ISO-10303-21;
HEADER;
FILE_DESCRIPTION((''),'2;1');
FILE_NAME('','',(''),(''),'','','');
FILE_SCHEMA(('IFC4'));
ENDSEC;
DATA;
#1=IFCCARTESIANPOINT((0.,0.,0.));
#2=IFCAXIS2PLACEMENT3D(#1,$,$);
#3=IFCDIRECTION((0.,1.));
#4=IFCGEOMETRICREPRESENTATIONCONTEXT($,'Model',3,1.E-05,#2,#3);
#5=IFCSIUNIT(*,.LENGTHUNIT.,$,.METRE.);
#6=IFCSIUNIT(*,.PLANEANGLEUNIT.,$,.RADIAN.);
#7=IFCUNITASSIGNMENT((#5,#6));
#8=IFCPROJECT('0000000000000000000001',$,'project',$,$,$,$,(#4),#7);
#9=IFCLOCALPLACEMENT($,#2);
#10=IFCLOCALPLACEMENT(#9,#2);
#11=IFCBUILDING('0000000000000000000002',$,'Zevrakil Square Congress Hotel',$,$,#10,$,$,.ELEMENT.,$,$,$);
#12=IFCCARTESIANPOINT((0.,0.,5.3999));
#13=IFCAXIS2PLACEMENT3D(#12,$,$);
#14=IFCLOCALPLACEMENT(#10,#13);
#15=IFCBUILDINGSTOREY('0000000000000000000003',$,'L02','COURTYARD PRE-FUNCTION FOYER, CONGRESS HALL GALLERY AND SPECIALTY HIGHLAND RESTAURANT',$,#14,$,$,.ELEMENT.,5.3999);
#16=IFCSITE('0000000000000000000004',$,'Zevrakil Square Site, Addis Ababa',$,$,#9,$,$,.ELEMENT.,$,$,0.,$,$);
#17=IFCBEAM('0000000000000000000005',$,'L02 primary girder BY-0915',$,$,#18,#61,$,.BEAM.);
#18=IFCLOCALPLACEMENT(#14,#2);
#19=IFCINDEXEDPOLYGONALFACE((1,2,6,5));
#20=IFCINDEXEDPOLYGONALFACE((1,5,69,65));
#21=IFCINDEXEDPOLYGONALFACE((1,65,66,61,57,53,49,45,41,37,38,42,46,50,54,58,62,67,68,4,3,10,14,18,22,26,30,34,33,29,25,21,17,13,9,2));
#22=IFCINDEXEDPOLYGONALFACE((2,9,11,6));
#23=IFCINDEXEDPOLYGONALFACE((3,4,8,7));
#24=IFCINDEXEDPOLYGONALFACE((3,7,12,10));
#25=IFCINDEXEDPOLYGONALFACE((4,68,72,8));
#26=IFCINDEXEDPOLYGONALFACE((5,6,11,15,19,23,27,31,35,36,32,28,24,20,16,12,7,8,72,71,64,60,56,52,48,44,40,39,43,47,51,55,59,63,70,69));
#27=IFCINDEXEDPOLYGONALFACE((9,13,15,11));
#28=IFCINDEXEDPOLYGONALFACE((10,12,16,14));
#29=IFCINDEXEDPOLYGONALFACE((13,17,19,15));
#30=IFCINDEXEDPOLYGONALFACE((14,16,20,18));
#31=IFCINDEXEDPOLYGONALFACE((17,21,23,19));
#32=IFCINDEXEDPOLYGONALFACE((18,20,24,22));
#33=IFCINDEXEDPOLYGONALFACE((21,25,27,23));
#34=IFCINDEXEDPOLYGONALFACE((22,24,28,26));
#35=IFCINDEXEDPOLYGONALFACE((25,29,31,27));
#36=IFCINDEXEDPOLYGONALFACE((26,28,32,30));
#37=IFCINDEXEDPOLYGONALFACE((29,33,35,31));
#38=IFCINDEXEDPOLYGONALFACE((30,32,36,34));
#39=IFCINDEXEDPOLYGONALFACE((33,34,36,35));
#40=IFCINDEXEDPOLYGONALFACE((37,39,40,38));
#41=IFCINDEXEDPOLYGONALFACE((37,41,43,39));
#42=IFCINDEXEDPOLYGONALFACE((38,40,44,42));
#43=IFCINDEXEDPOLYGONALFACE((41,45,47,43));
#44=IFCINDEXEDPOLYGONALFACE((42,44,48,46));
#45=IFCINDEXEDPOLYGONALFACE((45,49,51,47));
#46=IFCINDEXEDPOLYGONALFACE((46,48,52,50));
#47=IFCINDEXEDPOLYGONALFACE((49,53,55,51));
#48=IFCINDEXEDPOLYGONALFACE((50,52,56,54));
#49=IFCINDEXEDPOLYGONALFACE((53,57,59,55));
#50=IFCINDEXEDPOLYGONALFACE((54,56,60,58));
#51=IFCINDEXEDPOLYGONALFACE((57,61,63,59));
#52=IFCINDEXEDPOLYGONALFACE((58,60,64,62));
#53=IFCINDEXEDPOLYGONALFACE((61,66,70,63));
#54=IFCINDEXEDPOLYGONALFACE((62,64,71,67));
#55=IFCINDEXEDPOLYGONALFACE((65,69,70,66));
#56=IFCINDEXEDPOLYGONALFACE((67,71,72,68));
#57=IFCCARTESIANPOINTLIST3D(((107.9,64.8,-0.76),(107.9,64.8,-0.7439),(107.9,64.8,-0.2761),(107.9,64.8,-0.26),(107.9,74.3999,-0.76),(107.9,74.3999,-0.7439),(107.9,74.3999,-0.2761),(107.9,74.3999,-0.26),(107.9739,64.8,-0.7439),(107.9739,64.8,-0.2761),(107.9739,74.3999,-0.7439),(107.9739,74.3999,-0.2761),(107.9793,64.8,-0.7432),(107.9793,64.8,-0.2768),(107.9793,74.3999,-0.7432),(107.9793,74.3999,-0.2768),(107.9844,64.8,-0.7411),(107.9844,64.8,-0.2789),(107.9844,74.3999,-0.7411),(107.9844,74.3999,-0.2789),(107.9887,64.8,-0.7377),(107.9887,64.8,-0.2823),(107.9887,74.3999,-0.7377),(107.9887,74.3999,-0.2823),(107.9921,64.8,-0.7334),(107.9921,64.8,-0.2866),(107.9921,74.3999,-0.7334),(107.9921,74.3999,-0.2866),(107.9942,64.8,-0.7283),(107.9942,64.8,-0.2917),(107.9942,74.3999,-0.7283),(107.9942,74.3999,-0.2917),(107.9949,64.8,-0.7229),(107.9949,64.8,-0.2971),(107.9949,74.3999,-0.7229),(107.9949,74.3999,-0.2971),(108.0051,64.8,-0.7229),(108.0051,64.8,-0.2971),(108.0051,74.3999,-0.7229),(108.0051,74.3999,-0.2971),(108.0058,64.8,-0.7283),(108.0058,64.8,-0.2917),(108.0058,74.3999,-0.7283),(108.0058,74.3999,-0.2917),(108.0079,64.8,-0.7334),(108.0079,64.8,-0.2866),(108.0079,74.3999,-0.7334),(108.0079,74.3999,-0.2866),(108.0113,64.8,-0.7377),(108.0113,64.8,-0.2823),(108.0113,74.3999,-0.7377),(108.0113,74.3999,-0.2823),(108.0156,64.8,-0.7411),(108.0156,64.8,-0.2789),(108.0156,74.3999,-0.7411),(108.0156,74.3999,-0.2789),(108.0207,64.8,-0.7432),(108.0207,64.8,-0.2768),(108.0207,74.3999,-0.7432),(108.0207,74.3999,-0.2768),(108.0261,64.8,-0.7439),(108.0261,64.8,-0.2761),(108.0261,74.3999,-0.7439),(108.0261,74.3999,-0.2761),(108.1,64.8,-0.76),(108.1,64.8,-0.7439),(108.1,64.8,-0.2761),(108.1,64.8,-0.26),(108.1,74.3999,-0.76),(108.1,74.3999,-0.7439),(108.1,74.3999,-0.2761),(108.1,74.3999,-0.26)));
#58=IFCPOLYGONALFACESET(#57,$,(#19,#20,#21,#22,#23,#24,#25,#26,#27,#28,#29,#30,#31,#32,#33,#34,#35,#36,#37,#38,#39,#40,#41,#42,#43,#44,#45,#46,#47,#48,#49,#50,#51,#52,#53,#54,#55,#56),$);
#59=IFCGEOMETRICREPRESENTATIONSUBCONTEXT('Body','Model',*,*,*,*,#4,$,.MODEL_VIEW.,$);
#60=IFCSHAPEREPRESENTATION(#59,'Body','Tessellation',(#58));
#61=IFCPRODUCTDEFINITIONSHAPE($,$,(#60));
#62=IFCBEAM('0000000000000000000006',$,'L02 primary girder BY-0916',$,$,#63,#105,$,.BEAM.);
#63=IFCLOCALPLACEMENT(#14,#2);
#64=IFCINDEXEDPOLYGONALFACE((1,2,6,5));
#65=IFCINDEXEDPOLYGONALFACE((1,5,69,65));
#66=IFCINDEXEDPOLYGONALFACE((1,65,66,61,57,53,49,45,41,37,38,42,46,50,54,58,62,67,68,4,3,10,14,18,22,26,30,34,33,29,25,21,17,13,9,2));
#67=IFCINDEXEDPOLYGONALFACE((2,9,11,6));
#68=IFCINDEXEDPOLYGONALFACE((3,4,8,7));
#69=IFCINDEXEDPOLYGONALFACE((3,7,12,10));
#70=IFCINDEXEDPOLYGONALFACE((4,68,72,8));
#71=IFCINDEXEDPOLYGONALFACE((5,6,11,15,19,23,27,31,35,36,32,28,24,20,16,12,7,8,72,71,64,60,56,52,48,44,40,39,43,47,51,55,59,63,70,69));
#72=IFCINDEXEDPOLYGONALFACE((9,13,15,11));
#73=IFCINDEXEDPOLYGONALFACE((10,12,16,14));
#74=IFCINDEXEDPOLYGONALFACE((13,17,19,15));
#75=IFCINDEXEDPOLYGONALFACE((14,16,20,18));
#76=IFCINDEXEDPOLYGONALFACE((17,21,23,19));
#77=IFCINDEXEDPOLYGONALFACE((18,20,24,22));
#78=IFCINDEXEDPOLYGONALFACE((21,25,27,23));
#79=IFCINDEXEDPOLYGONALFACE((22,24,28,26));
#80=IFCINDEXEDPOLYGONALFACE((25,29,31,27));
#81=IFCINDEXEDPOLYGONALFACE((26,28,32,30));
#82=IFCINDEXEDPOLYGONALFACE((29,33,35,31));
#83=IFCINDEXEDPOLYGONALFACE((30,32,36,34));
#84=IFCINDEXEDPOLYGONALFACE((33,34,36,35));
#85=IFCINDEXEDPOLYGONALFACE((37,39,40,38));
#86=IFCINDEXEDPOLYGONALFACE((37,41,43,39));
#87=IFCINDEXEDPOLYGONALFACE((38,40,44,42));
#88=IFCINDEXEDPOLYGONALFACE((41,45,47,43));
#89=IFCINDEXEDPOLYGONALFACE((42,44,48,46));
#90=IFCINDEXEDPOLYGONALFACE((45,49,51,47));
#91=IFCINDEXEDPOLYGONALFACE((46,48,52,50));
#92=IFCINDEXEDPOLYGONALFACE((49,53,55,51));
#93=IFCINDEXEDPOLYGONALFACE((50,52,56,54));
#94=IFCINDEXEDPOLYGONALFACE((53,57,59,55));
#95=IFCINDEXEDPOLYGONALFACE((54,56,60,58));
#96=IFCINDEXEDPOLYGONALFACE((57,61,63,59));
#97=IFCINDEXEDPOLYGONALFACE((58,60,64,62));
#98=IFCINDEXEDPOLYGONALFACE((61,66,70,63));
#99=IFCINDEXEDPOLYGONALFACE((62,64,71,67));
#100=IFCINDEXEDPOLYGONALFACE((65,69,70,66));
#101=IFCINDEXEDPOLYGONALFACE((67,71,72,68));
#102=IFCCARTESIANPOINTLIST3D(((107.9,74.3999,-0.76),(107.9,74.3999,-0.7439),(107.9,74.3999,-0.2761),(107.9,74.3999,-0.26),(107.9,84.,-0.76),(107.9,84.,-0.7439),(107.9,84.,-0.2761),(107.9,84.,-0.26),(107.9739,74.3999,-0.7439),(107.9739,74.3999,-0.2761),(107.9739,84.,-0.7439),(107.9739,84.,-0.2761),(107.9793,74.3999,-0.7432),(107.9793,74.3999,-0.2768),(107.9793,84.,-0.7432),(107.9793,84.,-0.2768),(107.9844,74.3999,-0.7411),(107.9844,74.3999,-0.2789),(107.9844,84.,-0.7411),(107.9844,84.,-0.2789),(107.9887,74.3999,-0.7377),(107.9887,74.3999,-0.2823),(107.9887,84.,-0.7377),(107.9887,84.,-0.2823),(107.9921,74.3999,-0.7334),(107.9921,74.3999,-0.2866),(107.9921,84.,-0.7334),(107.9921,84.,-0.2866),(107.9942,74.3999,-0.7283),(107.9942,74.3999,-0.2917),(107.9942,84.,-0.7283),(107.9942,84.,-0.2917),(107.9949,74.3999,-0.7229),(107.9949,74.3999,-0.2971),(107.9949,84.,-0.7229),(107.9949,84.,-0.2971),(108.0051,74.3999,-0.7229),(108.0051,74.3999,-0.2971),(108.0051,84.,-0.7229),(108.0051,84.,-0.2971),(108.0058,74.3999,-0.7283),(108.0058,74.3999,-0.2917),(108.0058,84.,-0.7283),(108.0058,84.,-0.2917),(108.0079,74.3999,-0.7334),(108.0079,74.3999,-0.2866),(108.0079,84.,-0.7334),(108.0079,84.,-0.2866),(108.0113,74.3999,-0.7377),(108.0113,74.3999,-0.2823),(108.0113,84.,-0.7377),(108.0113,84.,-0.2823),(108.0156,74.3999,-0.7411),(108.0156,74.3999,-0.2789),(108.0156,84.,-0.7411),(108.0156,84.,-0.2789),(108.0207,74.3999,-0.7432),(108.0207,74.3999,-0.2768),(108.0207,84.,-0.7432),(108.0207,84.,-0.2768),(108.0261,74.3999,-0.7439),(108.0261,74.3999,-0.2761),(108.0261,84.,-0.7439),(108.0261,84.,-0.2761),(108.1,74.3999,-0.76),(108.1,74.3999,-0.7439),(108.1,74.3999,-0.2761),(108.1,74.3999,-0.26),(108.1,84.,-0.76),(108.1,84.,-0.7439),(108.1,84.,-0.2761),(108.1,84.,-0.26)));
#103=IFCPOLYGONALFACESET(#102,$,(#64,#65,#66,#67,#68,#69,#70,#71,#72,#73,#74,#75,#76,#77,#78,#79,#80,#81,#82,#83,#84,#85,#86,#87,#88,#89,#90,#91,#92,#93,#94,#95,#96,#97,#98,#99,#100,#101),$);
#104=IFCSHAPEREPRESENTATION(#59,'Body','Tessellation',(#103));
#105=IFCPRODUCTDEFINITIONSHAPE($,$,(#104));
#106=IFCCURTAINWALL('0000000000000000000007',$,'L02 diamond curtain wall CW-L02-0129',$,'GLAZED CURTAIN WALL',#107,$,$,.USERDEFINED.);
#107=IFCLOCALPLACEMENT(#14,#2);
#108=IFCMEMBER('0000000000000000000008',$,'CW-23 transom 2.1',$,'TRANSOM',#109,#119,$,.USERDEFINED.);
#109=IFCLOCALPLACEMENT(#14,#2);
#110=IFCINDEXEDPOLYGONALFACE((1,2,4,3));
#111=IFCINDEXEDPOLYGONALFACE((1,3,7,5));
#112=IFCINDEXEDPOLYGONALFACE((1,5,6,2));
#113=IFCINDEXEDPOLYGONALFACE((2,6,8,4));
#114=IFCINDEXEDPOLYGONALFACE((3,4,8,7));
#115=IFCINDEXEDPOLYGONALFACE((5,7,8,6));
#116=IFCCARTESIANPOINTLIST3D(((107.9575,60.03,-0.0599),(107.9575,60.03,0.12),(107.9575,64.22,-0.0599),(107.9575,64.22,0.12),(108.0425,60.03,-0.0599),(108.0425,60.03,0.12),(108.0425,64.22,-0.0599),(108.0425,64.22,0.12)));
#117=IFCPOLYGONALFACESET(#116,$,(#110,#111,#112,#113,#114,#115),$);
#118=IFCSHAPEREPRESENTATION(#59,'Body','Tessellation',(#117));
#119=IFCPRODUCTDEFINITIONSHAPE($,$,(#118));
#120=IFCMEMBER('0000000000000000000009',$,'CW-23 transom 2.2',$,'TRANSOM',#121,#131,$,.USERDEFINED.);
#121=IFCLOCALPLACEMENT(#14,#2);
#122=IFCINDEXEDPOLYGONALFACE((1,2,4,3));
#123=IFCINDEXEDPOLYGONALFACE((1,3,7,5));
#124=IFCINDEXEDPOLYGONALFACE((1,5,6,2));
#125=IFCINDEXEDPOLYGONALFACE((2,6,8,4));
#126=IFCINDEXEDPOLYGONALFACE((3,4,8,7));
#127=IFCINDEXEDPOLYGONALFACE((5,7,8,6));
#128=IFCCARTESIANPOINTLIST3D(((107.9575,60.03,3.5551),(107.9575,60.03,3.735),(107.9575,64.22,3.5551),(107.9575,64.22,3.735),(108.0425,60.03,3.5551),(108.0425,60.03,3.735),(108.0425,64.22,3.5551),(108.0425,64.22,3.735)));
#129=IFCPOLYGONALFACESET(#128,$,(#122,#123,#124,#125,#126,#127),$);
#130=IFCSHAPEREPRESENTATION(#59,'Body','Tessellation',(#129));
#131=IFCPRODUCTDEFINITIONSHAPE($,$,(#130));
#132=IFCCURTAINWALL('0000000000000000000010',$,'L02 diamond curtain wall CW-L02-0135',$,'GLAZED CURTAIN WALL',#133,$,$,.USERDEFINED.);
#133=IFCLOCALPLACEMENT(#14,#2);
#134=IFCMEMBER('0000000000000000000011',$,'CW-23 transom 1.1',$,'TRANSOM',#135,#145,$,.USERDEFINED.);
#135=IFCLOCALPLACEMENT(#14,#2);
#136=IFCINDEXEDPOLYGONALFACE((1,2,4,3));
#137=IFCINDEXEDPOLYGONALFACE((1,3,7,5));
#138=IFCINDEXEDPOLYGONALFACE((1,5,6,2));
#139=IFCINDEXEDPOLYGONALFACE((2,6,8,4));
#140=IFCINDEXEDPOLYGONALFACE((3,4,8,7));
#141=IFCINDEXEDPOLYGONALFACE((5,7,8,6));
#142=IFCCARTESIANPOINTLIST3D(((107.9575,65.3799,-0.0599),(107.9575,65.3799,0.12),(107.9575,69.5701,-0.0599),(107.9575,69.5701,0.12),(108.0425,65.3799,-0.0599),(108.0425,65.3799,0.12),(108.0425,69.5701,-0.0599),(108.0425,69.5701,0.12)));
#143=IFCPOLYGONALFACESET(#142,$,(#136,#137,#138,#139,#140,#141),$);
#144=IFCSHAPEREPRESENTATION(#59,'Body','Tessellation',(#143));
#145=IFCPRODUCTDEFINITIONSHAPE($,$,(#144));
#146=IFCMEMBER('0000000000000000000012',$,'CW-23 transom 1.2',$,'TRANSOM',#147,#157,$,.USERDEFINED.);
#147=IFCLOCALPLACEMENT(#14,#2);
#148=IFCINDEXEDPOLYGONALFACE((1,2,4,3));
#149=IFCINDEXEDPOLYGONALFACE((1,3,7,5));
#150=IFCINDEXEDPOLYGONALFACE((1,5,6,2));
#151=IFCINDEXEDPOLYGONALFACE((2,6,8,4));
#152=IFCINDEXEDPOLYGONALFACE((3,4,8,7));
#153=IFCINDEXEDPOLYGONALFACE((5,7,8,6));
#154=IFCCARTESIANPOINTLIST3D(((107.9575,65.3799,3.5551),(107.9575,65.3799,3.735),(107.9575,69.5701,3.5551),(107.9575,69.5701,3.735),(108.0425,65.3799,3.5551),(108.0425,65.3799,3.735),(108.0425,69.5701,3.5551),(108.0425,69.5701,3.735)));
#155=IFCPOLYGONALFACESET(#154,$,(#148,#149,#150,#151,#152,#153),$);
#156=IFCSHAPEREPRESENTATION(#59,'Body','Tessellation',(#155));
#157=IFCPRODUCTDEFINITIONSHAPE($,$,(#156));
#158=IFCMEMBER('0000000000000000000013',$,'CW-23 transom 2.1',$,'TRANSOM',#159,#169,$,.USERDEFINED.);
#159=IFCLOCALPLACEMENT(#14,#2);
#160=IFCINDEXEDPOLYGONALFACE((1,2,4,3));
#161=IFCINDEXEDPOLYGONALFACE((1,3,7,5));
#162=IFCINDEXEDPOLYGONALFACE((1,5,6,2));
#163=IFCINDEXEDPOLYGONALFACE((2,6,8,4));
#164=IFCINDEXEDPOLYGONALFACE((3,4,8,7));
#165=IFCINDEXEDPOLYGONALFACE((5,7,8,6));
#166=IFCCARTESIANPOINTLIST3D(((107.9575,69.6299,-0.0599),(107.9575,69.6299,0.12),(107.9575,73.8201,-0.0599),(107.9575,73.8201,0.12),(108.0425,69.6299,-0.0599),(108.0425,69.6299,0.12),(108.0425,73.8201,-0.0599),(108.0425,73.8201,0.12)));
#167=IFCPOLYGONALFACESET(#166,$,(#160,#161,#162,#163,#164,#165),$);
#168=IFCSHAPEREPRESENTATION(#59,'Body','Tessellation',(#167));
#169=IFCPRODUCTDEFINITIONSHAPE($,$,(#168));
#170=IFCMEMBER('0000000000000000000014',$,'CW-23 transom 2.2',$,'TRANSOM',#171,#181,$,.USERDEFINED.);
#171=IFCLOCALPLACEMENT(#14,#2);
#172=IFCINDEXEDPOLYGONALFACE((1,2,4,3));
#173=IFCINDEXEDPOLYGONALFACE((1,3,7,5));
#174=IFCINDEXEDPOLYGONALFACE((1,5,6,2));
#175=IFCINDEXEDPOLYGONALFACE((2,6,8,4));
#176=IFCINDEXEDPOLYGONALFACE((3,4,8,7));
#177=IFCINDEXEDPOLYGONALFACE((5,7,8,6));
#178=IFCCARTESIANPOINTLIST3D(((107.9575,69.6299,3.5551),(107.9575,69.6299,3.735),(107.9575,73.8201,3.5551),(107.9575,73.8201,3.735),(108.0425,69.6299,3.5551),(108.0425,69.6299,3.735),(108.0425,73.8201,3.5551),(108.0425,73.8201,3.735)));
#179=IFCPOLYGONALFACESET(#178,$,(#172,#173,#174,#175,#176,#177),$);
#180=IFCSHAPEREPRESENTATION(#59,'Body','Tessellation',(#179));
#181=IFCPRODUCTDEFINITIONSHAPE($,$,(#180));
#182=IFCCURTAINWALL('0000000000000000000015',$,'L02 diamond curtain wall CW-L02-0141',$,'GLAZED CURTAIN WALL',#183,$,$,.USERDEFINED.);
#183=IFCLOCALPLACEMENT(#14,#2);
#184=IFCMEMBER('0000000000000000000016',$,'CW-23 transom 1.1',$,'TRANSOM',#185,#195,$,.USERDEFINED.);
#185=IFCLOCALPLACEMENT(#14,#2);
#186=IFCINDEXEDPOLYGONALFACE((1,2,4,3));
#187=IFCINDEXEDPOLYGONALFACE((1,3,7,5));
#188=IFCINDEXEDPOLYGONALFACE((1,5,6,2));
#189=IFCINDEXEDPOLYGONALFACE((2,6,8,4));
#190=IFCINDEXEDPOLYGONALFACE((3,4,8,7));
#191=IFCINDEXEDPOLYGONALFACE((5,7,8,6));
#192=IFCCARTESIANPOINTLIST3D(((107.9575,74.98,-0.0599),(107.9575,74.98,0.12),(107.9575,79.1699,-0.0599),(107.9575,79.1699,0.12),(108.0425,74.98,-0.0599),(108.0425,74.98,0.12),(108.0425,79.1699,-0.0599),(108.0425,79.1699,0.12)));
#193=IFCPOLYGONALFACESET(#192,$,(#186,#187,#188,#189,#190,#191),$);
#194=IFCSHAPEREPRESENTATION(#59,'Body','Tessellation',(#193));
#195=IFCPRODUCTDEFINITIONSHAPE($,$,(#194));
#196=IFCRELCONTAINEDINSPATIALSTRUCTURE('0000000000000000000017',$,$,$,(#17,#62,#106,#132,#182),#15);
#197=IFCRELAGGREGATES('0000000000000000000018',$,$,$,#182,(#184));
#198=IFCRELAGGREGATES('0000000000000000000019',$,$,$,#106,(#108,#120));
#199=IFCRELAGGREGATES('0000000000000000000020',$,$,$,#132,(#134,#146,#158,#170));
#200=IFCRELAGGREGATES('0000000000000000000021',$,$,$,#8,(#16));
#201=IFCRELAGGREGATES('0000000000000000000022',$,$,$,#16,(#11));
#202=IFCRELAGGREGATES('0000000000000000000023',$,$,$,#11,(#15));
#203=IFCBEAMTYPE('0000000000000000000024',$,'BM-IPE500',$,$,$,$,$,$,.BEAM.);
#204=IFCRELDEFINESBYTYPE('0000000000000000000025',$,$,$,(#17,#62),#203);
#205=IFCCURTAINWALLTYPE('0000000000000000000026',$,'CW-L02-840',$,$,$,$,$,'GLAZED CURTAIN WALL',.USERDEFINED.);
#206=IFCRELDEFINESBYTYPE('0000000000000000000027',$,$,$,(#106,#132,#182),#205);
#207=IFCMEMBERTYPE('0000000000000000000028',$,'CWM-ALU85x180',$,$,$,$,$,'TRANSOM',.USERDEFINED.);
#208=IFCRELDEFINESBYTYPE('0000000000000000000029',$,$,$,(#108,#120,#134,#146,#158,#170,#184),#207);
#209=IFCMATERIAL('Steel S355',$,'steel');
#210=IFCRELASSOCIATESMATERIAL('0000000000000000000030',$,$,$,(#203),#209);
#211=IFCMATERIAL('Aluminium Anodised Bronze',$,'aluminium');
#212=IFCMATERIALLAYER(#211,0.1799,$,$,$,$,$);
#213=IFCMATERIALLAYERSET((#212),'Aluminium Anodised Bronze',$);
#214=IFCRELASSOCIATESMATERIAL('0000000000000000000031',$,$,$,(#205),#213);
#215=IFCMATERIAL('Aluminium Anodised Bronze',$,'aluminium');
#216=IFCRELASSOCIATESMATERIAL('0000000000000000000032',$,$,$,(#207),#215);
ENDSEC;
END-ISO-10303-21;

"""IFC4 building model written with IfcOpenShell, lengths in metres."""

from ifc_helpers import new_model, si_unit, direction, frame, origin, origin_2d, place, context, subcontext, project, spatial, rectangle, i_section, extrude, material, layer, layer_set, material_profile, profile_set, type_object, element, aggregate, save


model = new_model("IFC4")

# Units and contexts
model_context = context("Model", 3, precision=1e-05, world=origin(), true_north=direction((0.0, 1.0)))
body_context = subcontext(model_context, "Body", "Model", "MODEL_VIEW")
ifc_project = project(units=[si_unit("LENGTHUNIT", "METRE"), si_unit("PLANEANGLEUNIT", "RADIAN")], contexts=[model_context])

# Site, building, storey
site_placement = place(None, origin())
site = spatial("IfcSite", under=ifc_project, at=site_placement, Name="Zevrakil Square Site, Addis Ababa", CompositionType="ELEMENT", RefElevation=0.0)
building_placement = place(site_placement, origin())
building = spatial("IfcBuilding", under=site, at=building_placement, Name="Zevrakil Square Congress Hotel", CompositionType="ELEMENT")
storey_placement = place(building_placement, frame((0.0, 0.0, 5.3999)))
storey = spatial("IfcBuildingStorey", under=building, at=storey_placement, Name="L02", Description="COURTYARD PRE-FUNCTION FOYER, CONGRESS HALL GALLERY AND SPECIALTY HIGHLAND RESTAURANT", CompositionType="ELEMENT", Elevation=5.3999)

# Beams
ifc_material_1 = material(Name="Steel S355", Category="steel")
ifc_material_profile_1 = material_profile(ifc_material_1, i_section(OverallWidth=0.2, OverallDepth=0.5, WebThickness=0.0103, FlangeThickness=0.0161, FilletRadius=0.021, at=origin_2d()), Name="IPE 500")
ifc_profile_set_1 = profile_set([ifc_material_profile_1], Name="Steel S355")
beam_type_1 = type_object("IfcBeamType", Name="BM-IPE500", PredefinedType="BEAM", material=ifc_profile_set_1)
beam_1_placement = place(storey_placement, frame((108.0, 64.8, -0.51), z_axis=(0.0, 1.0, 0.0), x_axis=(-1.0, 0.0, 0.0)))
element("IfcBeam", 1, at=beam_1_placement, inside=storey, type_object=beam_type_1, Name="L02 primary girder BY-0915", PredefinedType="BEAM", context=body_context, shape_type="SweptSolid", body=[
    extrude(i_section(OverallWidth=0.2, OverallDepth=0.5, WebThickness=0.0103, FlangeThickness=0.0161, FilletRadius=0.021, at=origin_2d()), origin(), (0.0, 0.0, 1.0), 9.5999),
])
beam_2_placement = place(storey_placement, frame((108.0, 74.3999, -0.51), z_axis=(0.0, 1.0, 0.0), x_axis=(-1.0, 0.0, 0.0)))
element("IfcBeam", 2, at=beam_2_placement, inside=storey, type_object=beam_type_1, Name="L02 primary girder BY-0916", PredefinedType="BEAM", context=body_context, shape_type="SweptSolid", body=[
    extrude(i_section(OverallWidth=0.2, OverallDepth=0.5, WebThickness=0.0103, FlangeThickness=0.0161, FilletRadius=0.021, at=origin_2d()), origin(), (0.0, 0.0, 1.0), 9.6001),
])

# Curtain walls, members
ifc_material_2 = material(Name="Aluminium Anodised Bronze", Category="aluminium")
ifc_layer_1 = layer(ifc_material_2, 0.1799)
ifc_layer_set_1 = layer_set([ifc_layer_1], Name="Aluminium Anodised Bronze")
curtain_wall_type = type_object("IfcCurtainWallType", Name="CW-L02-840", ElementType="GLAZED CURTAIN WALL", PredefinedType="USERDEFINED", material=ifc_layer_set_1)
curtain_wall_1_placement = place(storey_placement, origin())
curtain_wall_1 = element("IfcCurtainWall", 3, at=curtain_wall_1_placement, inside=storey, type_object=curtain_wall_type, Name="L02 diamond curtain wall CW-L02-0129", ObjectType="GLAZED CURTAIN WALL", PredefinedType="USERDEFINED")
ifc_material_3 = material(Name="Aluminium Anodised Bronze", Category="aluminium")
ifc_material_profile_2 = material_profile(ifc_material_3, rectangle(XDim=0.085, YDim=0.1799, at=origin_2d()), Name="ALU 85x180")
ifc_profile_set_2 = profile_set([ifc_material_profile_2], Name="Aluminium Anodised Bronze")
member_type_1 = type_object("IfcMemberType", Name="CWM-ALU85x180", ElementType="TRANSOM", PredefinedType="USERDEFINED", material=ifc_profile_set_2)
member_1_placement = place(storey_placement, frame((108.0, 60.03, 0.03), z_axis=(0.0, 1.0, 0.0), x_axis=(-1.0, 0.0, 0.0)))
member_1 = element("IfcMember", 4, at=member_1_placement, type_object=member_type_1, Name="CW-23 transom 2.1", ObjectType="TRANSOM", PredefinedType="USERDEFINED", context=body_context, shape_type="SweptSolid", body=[
    extrude(rectangle(XDim=0.085, YDim=0.1799, at=origin_2d()), origin(), (0.0, 0.0, 1.0), 4.1899),
])
member_2_placement = place(storey_placement, frame((108.0, 60.03, 3.645), z_axis=(0.0, 1.0, 0.0), x_axis=(-1.0, 0.0, 0.0)))
member_2 = element("IfcMember", 5, at=member_2_placement, type_object=member_type_1, Name="CW-23 transom 2.2", ObjectType="TRANSOM", PredefinedType="USERDEFINED", context=body_context, shape_type="SweptSolid", body=[
    extrude(rectangle(XDim=0.085, YDim=0.1799, at=origin_2d()), origin(), (0.0, 0.0, 1.0), 4.1899),
])
curtain_wall_2_placement = place(storey_placement, origin())
curtain_wall_2 = element("IfcCurtainWall", 6, at=curtain_wall_2_placement, inside=storey, type_object=curtain_wall_type, Name="L02 diamond curtain wall CW-L02-0135", ObjectType="GLAZED CURTAIN WALL", PredefinedType="USERDEFINED")
member_3_placement = place(storey_placement, frame((108.0, 65.3799, 0.03), z_axis=(0.0, 1.0, 0.0), x_axis=(-1.0, 0.0, 0.0)))
member_3 = element("IfcMember", 7, at=member_3_placement, type_object=member_type_1, Name="CW-23 transom 1.1", ObjectType="TRANSOM", PredefinedType="USERDEFINED", context=body_context, shape_type="SweptSolid", body=[
    extrude(rectangle(XDim=0.085, YDim=0.1799, at=origin_2d()), origin(), (0.0, 0.0, 1.0), 4.1902),
])
member_4_placement = place(storey_placement, frame((108.0, 65.3799, 3.645), z_axis=(0.0, 1.0, 0.0), x_axis=(-1.0, 0.0, 0.0)))
member_4 = element("IfcMember", 8, at=member_4_placement, type_object=member_type_1, Name="CW-23 transom 1.2", ObjectType="TRANSOM", PredefinedType="USERDEFINED", context=body_context, shape_type="SweptSolid", body=[
    extrude(rectangle(XDim=0.085, YDim=0.1799, at=origin_2d()), origin(), (0.0, 0.0, 1.0), 4.1902),
])
member_5_placement = place(storey_placement, frame((108.0, 69.6299, 0.03), z_axis=(0.0, 1.0, 0.0), x_axis=(-1.0, 0.0, 0.0)))
member_5 = element("IfcMember", 9, at=member_5_placement, type_object=member_type_1, Name="CW-23 transom 2.1", ObjectType="TRANSOM", PredefinedType="USERDEFINED", context=body_context, shape_type="SweptSolid", body=[
    extrude(rectangle(XDim=0.085, YDim=0.1799, at=origin_2d()), origin(), (0.0, 0.0, 1.0), 4.1902),
])
member_6_placement = place(storey_placement, frame((108.0, 69.6299, 3.645), z_axis=(0.0, 1.0, 0.0), x_axis=(-1.0, 0.0, 0.0)))
member_6 = element("IfcMember", 10, at=member_6_placement, type_object=member_type_1, Name="CW-23 transom 2.2", ObjectType="TRANSOM", PredefinedType="USERDEFINED", context=body_context, shape_type="SweptSolid", body=[
    extrude(rectangle(XDim=0.085, YDim=0.1799, at=origin_2d()), origin(), (0.0, 0.0, 1.0), 4.1902),
])

# Curtain wall, member
curtain_wall_3_placement = place(storey_placement, origin())
curtain_wall_3 = element("IfcCurtainWall", 11, at=curtain_wall_3_placement, inside=storey, type_object=curtain_wall_type, Name="L02 diamond curtain wall CW-L02-0141", ObjectType="GLAZED CURTAIN WALL", PredefinedType="USERDEFINED")
member_7_placement = place(storey_placement, frame((108.0, 74.98, 0.03), z_axis=(0.0, 1.0, 0.0), x_axis=(-1.0, 0.0, 0.0)))
member_7 = element("IfcMember", 12, at=member_7_placement, type_object=member_type_1, Name="CW-23 transom 1.1", ObjectType="TRANSOM", PredefinedType="USERDEFINED", context=body_context, shape_type="SweptSolid", body=[
    extrude(rectangle(XDim=0.085, YDim=0.1799, at=origin_2d()), origin(), (0.0, 0.0, 1.0), 4.1899),
])

aggregate(curtain_wall_3, [member_7])

aggregate(curtain_wall_1, [member_1, member_2])
aggregate(curtain_wall_2, [member_3, member_4, member_5, member_6])

save(model, "model.ifc")
